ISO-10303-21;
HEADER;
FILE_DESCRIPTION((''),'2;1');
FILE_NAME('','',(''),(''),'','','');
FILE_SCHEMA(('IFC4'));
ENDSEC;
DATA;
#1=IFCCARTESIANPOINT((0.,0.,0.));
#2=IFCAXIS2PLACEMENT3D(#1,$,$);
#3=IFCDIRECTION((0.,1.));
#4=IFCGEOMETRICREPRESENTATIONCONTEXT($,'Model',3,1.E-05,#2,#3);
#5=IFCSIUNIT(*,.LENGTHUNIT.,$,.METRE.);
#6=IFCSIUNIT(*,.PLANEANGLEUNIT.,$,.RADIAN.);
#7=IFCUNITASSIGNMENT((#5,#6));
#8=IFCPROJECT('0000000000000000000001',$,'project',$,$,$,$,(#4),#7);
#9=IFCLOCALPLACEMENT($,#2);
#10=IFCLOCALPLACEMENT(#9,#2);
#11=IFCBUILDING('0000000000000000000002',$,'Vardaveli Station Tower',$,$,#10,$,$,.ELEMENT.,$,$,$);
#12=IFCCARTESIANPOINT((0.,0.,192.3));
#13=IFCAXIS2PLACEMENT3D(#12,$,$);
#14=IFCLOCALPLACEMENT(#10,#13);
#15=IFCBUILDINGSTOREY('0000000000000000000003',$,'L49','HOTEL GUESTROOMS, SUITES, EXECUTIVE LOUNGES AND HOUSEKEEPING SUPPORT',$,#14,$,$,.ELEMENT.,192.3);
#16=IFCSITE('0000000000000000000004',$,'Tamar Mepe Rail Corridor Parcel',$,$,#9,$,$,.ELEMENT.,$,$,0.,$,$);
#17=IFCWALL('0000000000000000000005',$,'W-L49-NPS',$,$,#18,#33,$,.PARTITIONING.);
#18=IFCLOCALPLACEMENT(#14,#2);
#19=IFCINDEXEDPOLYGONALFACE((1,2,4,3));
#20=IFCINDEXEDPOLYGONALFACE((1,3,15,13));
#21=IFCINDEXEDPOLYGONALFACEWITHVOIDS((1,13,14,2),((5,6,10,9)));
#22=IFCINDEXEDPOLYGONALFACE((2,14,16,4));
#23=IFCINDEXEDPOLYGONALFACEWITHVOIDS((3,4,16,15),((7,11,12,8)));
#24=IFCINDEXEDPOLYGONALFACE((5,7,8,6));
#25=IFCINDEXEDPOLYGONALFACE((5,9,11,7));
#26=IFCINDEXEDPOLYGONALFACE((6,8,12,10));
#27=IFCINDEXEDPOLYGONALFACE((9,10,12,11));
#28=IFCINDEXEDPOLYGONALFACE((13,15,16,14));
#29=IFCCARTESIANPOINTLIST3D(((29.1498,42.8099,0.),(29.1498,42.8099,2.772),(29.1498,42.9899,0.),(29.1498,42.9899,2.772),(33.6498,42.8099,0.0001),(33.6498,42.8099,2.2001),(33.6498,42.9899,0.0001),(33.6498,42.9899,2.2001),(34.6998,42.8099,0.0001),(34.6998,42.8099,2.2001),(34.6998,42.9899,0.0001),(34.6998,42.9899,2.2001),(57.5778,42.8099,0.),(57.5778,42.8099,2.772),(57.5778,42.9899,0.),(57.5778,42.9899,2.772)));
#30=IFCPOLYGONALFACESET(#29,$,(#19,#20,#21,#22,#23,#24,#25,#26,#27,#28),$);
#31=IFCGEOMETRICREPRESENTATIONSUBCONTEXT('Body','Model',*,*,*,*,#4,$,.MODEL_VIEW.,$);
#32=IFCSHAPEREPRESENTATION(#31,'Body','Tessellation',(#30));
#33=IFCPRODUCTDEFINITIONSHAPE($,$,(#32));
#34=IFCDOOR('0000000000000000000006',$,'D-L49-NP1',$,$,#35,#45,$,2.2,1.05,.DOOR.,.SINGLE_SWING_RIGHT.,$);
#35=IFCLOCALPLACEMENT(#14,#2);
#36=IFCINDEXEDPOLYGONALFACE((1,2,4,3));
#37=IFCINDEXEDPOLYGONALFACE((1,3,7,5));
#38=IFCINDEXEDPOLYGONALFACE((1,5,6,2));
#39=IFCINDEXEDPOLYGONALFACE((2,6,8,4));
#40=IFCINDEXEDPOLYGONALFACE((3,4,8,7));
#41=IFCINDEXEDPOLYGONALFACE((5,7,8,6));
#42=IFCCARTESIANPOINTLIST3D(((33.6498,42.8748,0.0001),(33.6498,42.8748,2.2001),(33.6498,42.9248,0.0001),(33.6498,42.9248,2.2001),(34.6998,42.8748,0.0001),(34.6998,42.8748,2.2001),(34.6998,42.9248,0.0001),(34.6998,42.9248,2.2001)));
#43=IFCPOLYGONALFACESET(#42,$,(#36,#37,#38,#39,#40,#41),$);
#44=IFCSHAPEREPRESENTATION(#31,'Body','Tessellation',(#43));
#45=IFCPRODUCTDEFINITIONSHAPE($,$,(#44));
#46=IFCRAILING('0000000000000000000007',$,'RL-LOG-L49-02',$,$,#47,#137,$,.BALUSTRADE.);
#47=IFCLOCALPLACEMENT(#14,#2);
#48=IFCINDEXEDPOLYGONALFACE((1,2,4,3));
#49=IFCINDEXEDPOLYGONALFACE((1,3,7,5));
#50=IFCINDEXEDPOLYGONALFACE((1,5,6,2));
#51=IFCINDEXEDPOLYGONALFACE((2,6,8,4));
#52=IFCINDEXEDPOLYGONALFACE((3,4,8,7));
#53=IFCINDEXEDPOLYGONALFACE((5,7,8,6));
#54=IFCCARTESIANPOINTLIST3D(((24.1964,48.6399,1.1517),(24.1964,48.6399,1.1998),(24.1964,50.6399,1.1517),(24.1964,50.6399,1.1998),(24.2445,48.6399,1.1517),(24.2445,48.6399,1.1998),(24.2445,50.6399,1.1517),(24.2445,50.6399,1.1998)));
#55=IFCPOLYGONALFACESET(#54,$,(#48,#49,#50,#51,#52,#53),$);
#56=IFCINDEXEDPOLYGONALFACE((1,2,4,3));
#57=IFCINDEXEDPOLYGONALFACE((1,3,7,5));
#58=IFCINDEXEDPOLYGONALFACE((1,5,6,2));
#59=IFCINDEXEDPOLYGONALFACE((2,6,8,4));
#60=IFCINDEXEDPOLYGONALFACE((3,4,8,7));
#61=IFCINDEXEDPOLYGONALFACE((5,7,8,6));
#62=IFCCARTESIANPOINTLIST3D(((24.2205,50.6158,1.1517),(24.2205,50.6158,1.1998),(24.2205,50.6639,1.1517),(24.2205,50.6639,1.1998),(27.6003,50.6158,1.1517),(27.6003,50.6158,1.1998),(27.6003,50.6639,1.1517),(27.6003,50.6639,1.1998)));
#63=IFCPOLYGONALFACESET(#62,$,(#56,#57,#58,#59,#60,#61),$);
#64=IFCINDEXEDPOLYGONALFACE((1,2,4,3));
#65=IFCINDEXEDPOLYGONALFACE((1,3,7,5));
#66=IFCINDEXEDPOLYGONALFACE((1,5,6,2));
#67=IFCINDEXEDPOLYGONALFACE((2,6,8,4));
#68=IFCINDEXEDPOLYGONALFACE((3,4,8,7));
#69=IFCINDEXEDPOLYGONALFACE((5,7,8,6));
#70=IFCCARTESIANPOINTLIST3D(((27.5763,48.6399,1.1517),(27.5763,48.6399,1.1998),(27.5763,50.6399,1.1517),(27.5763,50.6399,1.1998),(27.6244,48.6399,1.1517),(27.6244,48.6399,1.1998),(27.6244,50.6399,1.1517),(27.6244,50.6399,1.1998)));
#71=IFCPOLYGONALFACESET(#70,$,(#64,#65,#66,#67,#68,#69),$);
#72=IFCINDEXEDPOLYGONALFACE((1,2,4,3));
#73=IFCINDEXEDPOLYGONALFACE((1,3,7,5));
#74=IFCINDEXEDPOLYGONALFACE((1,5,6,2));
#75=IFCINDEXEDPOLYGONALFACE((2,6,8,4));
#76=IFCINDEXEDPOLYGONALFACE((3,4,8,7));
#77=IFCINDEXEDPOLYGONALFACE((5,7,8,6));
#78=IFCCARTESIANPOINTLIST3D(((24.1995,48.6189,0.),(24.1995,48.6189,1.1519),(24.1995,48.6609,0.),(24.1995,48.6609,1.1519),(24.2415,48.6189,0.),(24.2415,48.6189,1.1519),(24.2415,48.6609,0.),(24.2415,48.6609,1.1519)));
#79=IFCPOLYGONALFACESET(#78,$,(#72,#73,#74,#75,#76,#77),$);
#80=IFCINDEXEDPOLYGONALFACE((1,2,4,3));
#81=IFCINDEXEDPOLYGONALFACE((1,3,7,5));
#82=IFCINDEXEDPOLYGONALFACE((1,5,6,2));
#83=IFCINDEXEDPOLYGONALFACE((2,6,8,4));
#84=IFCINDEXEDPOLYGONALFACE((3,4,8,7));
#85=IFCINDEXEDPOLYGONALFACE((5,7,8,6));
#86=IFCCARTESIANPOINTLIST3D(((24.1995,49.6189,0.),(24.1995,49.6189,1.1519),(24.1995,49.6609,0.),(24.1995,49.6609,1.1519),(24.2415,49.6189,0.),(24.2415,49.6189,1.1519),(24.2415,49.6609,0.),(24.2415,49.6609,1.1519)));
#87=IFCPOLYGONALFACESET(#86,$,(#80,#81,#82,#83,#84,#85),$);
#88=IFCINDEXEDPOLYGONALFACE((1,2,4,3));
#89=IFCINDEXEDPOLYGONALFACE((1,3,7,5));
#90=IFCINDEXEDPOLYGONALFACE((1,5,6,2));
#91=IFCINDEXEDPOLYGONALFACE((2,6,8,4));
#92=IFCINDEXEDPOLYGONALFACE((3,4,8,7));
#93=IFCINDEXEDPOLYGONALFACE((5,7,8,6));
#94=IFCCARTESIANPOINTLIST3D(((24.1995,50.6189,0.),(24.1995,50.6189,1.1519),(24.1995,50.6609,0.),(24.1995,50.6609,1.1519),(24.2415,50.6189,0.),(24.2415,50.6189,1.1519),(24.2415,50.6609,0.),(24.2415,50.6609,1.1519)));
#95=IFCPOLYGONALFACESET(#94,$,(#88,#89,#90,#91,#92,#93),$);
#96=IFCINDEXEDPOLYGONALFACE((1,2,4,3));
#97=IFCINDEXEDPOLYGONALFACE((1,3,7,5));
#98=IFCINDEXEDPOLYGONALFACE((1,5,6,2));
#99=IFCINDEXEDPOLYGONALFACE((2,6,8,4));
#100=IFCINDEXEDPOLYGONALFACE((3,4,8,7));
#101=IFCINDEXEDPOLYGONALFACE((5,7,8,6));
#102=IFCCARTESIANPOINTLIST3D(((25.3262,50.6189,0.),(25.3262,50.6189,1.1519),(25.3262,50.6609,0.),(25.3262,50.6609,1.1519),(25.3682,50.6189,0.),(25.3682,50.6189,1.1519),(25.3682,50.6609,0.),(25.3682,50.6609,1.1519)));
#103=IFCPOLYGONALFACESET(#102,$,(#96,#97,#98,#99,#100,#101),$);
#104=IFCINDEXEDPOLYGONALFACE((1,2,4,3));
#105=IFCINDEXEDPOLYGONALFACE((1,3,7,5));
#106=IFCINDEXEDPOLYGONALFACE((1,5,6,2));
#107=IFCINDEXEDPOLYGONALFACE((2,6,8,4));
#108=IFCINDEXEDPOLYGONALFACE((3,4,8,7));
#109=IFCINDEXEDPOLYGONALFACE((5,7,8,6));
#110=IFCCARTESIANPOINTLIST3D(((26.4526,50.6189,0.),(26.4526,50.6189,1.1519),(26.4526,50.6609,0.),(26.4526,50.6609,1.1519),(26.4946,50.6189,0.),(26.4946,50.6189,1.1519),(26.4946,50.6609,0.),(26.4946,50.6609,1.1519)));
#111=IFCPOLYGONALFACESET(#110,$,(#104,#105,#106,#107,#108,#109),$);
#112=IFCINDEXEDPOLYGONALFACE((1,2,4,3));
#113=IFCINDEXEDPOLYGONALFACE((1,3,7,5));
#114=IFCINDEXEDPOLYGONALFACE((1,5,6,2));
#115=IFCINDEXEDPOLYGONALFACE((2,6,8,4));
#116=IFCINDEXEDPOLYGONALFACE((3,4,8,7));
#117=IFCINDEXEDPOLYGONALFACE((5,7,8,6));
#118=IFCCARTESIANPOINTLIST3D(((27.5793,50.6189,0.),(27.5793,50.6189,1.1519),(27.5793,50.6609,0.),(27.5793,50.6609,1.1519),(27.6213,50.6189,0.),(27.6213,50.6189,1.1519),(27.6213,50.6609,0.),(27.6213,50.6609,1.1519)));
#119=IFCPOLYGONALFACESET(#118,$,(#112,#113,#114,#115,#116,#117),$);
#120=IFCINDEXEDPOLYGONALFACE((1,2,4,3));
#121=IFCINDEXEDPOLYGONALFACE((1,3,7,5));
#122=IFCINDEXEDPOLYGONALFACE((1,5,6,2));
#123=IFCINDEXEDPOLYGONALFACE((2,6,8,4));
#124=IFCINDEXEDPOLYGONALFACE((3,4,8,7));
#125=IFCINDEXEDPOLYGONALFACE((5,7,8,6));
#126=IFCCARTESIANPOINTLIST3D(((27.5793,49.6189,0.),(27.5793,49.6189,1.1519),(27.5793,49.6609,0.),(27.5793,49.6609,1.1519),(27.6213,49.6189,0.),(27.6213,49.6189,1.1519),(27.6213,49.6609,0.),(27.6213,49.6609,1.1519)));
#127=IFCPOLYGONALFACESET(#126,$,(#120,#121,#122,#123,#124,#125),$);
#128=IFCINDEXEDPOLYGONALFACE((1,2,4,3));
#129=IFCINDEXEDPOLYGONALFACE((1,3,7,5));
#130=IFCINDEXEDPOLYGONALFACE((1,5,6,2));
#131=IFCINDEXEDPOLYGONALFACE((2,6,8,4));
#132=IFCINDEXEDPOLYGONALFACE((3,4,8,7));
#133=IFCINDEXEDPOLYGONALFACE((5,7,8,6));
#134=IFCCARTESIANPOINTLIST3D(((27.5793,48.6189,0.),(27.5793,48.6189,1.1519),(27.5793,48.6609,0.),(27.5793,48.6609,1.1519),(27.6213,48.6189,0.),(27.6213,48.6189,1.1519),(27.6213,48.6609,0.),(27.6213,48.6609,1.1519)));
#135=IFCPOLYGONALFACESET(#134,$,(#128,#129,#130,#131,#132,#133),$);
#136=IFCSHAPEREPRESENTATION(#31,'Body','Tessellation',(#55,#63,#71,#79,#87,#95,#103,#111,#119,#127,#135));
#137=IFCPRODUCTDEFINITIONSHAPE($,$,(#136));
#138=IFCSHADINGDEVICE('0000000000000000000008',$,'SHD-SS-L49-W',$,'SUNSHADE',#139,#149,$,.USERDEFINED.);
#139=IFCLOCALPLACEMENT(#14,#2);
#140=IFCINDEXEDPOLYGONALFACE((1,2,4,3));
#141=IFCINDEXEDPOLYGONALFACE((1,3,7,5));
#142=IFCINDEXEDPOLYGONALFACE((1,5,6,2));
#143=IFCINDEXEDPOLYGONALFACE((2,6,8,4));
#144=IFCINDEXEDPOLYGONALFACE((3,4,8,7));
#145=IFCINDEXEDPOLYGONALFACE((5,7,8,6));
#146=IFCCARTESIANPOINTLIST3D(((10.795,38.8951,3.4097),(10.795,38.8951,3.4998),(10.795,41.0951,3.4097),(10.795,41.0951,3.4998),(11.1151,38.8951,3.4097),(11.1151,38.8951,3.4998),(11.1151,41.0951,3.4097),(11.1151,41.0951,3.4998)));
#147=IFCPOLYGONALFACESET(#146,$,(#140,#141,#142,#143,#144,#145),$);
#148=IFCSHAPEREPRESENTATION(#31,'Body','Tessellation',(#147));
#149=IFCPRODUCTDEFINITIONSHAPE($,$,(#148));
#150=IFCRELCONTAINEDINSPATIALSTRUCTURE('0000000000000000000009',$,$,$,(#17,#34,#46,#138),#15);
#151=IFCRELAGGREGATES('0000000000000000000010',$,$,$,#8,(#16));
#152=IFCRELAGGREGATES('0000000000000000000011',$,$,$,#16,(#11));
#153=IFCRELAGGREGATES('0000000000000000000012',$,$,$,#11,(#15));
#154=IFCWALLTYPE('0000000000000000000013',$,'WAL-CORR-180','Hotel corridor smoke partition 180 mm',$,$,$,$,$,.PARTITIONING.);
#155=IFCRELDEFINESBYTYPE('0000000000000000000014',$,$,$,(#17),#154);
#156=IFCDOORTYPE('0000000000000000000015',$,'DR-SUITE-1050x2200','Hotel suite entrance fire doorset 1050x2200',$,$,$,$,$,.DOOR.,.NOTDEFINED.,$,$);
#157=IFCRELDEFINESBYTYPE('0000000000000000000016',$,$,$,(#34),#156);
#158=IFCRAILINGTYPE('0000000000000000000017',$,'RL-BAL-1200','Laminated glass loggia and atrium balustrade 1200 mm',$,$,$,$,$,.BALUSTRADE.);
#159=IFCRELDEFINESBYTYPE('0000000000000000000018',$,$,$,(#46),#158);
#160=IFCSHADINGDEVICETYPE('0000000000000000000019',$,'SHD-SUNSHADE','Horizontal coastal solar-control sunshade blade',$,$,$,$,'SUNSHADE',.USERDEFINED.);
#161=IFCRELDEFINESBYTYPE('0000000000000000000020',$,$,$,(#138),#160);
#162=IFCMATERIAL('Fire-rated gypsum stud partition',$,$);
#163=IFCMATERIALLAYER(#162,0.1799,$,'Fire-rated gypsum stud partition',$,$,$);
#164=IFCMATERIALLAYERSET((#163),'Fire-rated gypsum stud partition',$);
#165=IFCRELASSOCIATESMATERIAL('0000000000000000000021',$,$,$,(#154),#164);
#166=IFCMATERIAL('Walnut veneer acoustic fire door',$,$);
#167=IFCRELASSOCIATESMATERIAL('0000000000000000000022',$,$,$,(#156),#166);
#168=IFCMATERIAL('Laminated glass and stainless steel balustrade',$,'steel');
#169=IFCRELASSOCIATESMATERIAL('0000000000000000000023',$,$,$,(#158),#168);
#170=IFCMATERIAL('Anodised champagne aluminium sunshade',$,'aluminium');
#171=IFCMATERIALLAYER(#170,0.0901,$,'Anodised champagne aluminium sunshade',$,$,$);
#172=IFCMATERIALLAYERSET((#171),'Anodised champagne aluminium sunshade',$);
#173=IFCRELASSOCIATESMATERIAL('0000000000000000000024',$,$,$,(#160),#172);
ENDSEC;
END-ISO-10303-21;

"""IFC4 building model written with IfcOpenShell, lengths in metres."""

from ifc_helpers import new_model, si_unit, direction, frame, frame_2d, origin, origin_2d, place, context, subcontext, project, spatial, rectangle, extrude, source, transform, mapped, material, layer, layer_set, type_object, element, fill, save


model = new_model("IFC4")

# Units and contexts
model_context = context("Model", 3, precision=1e-05, world=origin(), true_north=direction((0.0, 1.0)))
body_context = subcontext(model_context, "Body", "Model", "MODEL_VIEW")
ifc_project = project(units=[si_unit("LENGTHUNIT", "METRE"), si_unit("PLANEANGLEUNIT", "RADIAN")], contexts=[model_context])

# Site, building, storey
site_placement = place(None, origin())
site = spatial("IfcSite", under=ifc_project, at=site_placement, Name="Tamar Mepe Rail Corridor Parcel", CompositionType="ELEMENT", RefElevation=0.0)
building_placement = place(site_placement, origin())
building = spatial("IfcBuilding", under=site, at=building_placement, Name="Vardaveli Station Tower", CompositionType="ELEMENT")
storey_placement = place(building_placement, frame((0.0, 0.0, 192.3)))
storey = spatial("IfcBuildingStorey", under=building, at=storey_placement, Name="L49", Description="HOTEL GUESTROOMS, SUITES, EXECUTIVE LOUNGES AND HOUSEKEEPING SUPPORT", CompositionType="ELEMENT", Elevation=192.3)

# Wall, opening, door
ifc_material_1 = material(Name="Fire-rated gypsum stud partition")
ifc_layer_1 = layer(ifc_material_1, 0.1799, Name="Fire-rated gypsum stud partition")
ifc_layer_set_1 = layer_set([ifc_layer_1], Name="Fire-rated gypsum stud partition")
wall_type_1 = type_object("IfcWallType", Name="WAL-CORR-180", Description="Hotel corridor smoke partition 180 mm", PredefinedType="PARTITIONING", material=ifc_layer_set_1)
shared_shape_1 = source(origin(), body_context, "Body", "SweptSolid", [
    extrude(rectangle(XDim=28.428, YDim=0.1799, at=frame_2d((14.2139, 0.0))), origin(), (0.0, 0.0, 1.0), 2.772),
])
wall_1_placement = place(storey_placement, frame((29.1499, 42.8999, 0.0), z_axis=(0.0, 0.0, 1.0), x_axis=(1.0, 0.0, 0.0)))
wall_1 = element("IfcWall", 1, at=wall_1_placement, inside=storey, type_object=wall_type_1, Name="W-L49-NPS", PredefinedType="PARTITIONING", context=body_context, shape_type="MappedRepresentation", body=[
    mapped(shared_shape_1, transform((0.0, 0.0, 0.0), scale=1.0)),
])
shared_shape_2 = source(origin(), body_context, "Body", "SweptSolid", [
    extrude(rectangle(XDim=1.05, YDim=2.2, at=frame_2d((0.5249, 1.1001))), frame((0.0, 0.1001, 0.0), z_axis=(0.0, -1.0, 0.0), x_axis=(1.0, 0.0, 0.0)), (0.0, 0.0, 1.0), 0.2),
])
opening_1_placement = place(wall_1_placement, frame((4.5, 0.0, 0.0)))
opening_1 = element("IfcOpeningElement", 2, at=opening_1_placement, cuts=wall_1, PredefinedType="OPENING", context=body_context, shape_type="MappedRepresentation", body=[
    mapped(shared_shape_2, transform((0.0, 0.0, 0.0), scale=1.0)),
])
ifc_material_2 = material(Name="Walnut veneer acoustic fire door")
door_type = type_object("IfcDoorType", Name="DR-SUITE-1050x2200", Description="Hotel suite entrance fire doorset 1050x2200", OperationType="NOTDEFINED", PredefinedType="DOOR", material=ifc_material_2)
shared_shape_3 = source(origin(), body_context, "Body", "SweptSolid", [
    extrude(rectangle(XDim=1.05, YDim=2.2, at=frame_2d((0.5249, 1.1001))), frame((0.0, 0.0249, 0.0), z_axis=(0.0, -1.0, 0.0), x_axis=(1.0, 0.0, 0.0)), (0.0, 0.0, 1.0), 0.05),
])
door_placement = place(opening_1_placement, origin())
door = element("IfcDoor", 3, at=door_placement, inside=storey, type_object=door_type, Name="D-L49-NP1", OperationType="SINGLE_SWING_RIGHT", OverallHeight=2.2, OverallWidth=1.05, PredefinedType="DOOR", context=body_context, shape_type="MappedRepresentation", body=[
    mapped(shared_shape_3, transform((0.0, 0.0, 0.0), scale=1.0)),
])
fill(opening_1, door)

# Railing
ifc_material_3 = material(Name="Laminated glass and stainless steel balustrade", Category="steel")
railing_type = type_object("IfcRailingType", Name="RL-BAL-1200", Description="Laminated glass loggia and atrium balustrade 1200 mm", PredefinedType="BALUSTRADE", material=ifc_material_3)
shared_shape_4 = source(origin(), body_context, "Body", "SweptSolid", [
    extrude(rectangle(XDim=0.0481, YDim=0.0481, at=origin_2d()), frame((0.0, 0.0, 1.1758), z_axis=(0.0, 1.0, 0.0), x_axis=(-1.0, 0.0, 0.0)), (0.0, 0.0, 1.0), 2.0),
    extrude(rectangle(XDim=0.0481, YDim=0.0481, at=origin_2d()), frame((0.0, 2.0, 1.1758), z_axis=(1.0, 0.0, 0.0), x_axis=(0.0, 1.0, 0.0)), (0.0, 0.0, 1.0), 3.3799),
    extrude(rectangle(XDim=0.0481, YDim=0.0481, at=origin_2d()), frame((3.3799, 2.0, 1.1758), z_axis=(0.0, -1.0, 0.0), x_axis=(1.0, 0.0, 0.0)), (0.0, 0.0, 1.0), 2.0),
    extrude(rectangle(XDim=0.042, YDim=0.042, at=origin_2d()), origin(), (0.0, 0.0, 1.0), 1.1519),
    extrude(rectangle(XDim=0.042, YDim=0.042, at=origin_2d()), frame((0.0, 1.0, 0.0)), (0.0, 0.0, 1.0), 1.1519),
    extrude(rectangle(XDim=0.042, YDim=0.042, at=origin_2d()), frame((0.0, 2.0, 0.0)), (0.0, 0.0, 1.0), 1.1519),
    extrude(rectangle(XDim=0.042, YDim=0.042, at=origin_2d()), frame((1.1267, 2.0, 0.0)), (0.0, 0.0, 1.0), 1.1519),
    extrude(rectangle(XDim=0.042, YDim=0.042, at=origin_2d()), frame((2.2532, 2.0, 0.0)), (0.0, 0.0, 1.0), 1.1519),
    extrude(rectangle(XDim=0.042, YDim=0.042, at=origin_2d()), frame((3.3799, 2.0, 0.0)), (0.0, 0.0, 1.0), 1.1519),
    extrude(rectangle(XDim=0.042, YDim=0.042, at=origin_2d()), frame((3.3799, 1.0, 0.0)), (0.0, 0.0, 1.0), 1.1519),
    extrude(rectangle(XDim=0.042, YDim=0.042, at=origin_2d()), frame((3.3799, 0.0, 0.0)), (0.0, 0.0, 1.0), 1.1519),
])
railing_placement = place(storey_placement, frame((24.2205, 48.6399, 0.0)))
element("IfcRailing", 4, at=railing_placement, inside=storey, type_object=railing_type, Name="RL-LOG-L49-02", PredefinedType="BALUSTRADE", context=body_context, shape_type="MappedRepresentation", body=[
    mapped(shared_shape_4, transform((0.0, 0.0, 0.0), scale=1.0)),
])

# Shading device
ifc_material_4 = material(Name="Anodised champagne aluminium sunshade", Category="aluminium")
ifc_layer_2 = layer(ifc_material_4, 0.0901, Name="Anodised champagne aluminium sunshade")
ifc_layer_set_2 = layer_set([ifc_layer_2], Name="Anodised champagne aluminium sunshade")
shading_device_type = type_object("IfcShadingDeviceType", Name="SHD-SUNSHADE", Description="Horizontal coastal solar-control sunshade blade", ElementType="SUNSHADE", PredefinedType="USERDEFINED", material=ifc_layer_set_2)
shared_shape_5 = source(origin(), body_context, "Body", "SweptSolid", [
    extrude(rectangle(XDim=2.2, YDim=0.3201, at=origin_2d()), origin(), (0.0, 0.0, 1.0), 0.0901),
])
shading_device_placement = place(storey_placement, frame((10.9551, 39.9951, 3.4097), z_axis=(0.0, 0.0, 1.0), x_axis=(0.0, 1.0, 0.0)))
element("IfcShadingDevice", 5, at=shading_device_placement, inside=storey, type_object=shading_device_type, Name="SHD-SS-L49-W", ObjectType="SUNSHADE", PredefinedType="USERDEFINED", context=body_context, shape_type="MappedRepresentation", body=[
    mapped(shared_shape_5, transform((0.0, 0.0, 0.0), scale=1.0)),
])

save(model, "model.ifc")
